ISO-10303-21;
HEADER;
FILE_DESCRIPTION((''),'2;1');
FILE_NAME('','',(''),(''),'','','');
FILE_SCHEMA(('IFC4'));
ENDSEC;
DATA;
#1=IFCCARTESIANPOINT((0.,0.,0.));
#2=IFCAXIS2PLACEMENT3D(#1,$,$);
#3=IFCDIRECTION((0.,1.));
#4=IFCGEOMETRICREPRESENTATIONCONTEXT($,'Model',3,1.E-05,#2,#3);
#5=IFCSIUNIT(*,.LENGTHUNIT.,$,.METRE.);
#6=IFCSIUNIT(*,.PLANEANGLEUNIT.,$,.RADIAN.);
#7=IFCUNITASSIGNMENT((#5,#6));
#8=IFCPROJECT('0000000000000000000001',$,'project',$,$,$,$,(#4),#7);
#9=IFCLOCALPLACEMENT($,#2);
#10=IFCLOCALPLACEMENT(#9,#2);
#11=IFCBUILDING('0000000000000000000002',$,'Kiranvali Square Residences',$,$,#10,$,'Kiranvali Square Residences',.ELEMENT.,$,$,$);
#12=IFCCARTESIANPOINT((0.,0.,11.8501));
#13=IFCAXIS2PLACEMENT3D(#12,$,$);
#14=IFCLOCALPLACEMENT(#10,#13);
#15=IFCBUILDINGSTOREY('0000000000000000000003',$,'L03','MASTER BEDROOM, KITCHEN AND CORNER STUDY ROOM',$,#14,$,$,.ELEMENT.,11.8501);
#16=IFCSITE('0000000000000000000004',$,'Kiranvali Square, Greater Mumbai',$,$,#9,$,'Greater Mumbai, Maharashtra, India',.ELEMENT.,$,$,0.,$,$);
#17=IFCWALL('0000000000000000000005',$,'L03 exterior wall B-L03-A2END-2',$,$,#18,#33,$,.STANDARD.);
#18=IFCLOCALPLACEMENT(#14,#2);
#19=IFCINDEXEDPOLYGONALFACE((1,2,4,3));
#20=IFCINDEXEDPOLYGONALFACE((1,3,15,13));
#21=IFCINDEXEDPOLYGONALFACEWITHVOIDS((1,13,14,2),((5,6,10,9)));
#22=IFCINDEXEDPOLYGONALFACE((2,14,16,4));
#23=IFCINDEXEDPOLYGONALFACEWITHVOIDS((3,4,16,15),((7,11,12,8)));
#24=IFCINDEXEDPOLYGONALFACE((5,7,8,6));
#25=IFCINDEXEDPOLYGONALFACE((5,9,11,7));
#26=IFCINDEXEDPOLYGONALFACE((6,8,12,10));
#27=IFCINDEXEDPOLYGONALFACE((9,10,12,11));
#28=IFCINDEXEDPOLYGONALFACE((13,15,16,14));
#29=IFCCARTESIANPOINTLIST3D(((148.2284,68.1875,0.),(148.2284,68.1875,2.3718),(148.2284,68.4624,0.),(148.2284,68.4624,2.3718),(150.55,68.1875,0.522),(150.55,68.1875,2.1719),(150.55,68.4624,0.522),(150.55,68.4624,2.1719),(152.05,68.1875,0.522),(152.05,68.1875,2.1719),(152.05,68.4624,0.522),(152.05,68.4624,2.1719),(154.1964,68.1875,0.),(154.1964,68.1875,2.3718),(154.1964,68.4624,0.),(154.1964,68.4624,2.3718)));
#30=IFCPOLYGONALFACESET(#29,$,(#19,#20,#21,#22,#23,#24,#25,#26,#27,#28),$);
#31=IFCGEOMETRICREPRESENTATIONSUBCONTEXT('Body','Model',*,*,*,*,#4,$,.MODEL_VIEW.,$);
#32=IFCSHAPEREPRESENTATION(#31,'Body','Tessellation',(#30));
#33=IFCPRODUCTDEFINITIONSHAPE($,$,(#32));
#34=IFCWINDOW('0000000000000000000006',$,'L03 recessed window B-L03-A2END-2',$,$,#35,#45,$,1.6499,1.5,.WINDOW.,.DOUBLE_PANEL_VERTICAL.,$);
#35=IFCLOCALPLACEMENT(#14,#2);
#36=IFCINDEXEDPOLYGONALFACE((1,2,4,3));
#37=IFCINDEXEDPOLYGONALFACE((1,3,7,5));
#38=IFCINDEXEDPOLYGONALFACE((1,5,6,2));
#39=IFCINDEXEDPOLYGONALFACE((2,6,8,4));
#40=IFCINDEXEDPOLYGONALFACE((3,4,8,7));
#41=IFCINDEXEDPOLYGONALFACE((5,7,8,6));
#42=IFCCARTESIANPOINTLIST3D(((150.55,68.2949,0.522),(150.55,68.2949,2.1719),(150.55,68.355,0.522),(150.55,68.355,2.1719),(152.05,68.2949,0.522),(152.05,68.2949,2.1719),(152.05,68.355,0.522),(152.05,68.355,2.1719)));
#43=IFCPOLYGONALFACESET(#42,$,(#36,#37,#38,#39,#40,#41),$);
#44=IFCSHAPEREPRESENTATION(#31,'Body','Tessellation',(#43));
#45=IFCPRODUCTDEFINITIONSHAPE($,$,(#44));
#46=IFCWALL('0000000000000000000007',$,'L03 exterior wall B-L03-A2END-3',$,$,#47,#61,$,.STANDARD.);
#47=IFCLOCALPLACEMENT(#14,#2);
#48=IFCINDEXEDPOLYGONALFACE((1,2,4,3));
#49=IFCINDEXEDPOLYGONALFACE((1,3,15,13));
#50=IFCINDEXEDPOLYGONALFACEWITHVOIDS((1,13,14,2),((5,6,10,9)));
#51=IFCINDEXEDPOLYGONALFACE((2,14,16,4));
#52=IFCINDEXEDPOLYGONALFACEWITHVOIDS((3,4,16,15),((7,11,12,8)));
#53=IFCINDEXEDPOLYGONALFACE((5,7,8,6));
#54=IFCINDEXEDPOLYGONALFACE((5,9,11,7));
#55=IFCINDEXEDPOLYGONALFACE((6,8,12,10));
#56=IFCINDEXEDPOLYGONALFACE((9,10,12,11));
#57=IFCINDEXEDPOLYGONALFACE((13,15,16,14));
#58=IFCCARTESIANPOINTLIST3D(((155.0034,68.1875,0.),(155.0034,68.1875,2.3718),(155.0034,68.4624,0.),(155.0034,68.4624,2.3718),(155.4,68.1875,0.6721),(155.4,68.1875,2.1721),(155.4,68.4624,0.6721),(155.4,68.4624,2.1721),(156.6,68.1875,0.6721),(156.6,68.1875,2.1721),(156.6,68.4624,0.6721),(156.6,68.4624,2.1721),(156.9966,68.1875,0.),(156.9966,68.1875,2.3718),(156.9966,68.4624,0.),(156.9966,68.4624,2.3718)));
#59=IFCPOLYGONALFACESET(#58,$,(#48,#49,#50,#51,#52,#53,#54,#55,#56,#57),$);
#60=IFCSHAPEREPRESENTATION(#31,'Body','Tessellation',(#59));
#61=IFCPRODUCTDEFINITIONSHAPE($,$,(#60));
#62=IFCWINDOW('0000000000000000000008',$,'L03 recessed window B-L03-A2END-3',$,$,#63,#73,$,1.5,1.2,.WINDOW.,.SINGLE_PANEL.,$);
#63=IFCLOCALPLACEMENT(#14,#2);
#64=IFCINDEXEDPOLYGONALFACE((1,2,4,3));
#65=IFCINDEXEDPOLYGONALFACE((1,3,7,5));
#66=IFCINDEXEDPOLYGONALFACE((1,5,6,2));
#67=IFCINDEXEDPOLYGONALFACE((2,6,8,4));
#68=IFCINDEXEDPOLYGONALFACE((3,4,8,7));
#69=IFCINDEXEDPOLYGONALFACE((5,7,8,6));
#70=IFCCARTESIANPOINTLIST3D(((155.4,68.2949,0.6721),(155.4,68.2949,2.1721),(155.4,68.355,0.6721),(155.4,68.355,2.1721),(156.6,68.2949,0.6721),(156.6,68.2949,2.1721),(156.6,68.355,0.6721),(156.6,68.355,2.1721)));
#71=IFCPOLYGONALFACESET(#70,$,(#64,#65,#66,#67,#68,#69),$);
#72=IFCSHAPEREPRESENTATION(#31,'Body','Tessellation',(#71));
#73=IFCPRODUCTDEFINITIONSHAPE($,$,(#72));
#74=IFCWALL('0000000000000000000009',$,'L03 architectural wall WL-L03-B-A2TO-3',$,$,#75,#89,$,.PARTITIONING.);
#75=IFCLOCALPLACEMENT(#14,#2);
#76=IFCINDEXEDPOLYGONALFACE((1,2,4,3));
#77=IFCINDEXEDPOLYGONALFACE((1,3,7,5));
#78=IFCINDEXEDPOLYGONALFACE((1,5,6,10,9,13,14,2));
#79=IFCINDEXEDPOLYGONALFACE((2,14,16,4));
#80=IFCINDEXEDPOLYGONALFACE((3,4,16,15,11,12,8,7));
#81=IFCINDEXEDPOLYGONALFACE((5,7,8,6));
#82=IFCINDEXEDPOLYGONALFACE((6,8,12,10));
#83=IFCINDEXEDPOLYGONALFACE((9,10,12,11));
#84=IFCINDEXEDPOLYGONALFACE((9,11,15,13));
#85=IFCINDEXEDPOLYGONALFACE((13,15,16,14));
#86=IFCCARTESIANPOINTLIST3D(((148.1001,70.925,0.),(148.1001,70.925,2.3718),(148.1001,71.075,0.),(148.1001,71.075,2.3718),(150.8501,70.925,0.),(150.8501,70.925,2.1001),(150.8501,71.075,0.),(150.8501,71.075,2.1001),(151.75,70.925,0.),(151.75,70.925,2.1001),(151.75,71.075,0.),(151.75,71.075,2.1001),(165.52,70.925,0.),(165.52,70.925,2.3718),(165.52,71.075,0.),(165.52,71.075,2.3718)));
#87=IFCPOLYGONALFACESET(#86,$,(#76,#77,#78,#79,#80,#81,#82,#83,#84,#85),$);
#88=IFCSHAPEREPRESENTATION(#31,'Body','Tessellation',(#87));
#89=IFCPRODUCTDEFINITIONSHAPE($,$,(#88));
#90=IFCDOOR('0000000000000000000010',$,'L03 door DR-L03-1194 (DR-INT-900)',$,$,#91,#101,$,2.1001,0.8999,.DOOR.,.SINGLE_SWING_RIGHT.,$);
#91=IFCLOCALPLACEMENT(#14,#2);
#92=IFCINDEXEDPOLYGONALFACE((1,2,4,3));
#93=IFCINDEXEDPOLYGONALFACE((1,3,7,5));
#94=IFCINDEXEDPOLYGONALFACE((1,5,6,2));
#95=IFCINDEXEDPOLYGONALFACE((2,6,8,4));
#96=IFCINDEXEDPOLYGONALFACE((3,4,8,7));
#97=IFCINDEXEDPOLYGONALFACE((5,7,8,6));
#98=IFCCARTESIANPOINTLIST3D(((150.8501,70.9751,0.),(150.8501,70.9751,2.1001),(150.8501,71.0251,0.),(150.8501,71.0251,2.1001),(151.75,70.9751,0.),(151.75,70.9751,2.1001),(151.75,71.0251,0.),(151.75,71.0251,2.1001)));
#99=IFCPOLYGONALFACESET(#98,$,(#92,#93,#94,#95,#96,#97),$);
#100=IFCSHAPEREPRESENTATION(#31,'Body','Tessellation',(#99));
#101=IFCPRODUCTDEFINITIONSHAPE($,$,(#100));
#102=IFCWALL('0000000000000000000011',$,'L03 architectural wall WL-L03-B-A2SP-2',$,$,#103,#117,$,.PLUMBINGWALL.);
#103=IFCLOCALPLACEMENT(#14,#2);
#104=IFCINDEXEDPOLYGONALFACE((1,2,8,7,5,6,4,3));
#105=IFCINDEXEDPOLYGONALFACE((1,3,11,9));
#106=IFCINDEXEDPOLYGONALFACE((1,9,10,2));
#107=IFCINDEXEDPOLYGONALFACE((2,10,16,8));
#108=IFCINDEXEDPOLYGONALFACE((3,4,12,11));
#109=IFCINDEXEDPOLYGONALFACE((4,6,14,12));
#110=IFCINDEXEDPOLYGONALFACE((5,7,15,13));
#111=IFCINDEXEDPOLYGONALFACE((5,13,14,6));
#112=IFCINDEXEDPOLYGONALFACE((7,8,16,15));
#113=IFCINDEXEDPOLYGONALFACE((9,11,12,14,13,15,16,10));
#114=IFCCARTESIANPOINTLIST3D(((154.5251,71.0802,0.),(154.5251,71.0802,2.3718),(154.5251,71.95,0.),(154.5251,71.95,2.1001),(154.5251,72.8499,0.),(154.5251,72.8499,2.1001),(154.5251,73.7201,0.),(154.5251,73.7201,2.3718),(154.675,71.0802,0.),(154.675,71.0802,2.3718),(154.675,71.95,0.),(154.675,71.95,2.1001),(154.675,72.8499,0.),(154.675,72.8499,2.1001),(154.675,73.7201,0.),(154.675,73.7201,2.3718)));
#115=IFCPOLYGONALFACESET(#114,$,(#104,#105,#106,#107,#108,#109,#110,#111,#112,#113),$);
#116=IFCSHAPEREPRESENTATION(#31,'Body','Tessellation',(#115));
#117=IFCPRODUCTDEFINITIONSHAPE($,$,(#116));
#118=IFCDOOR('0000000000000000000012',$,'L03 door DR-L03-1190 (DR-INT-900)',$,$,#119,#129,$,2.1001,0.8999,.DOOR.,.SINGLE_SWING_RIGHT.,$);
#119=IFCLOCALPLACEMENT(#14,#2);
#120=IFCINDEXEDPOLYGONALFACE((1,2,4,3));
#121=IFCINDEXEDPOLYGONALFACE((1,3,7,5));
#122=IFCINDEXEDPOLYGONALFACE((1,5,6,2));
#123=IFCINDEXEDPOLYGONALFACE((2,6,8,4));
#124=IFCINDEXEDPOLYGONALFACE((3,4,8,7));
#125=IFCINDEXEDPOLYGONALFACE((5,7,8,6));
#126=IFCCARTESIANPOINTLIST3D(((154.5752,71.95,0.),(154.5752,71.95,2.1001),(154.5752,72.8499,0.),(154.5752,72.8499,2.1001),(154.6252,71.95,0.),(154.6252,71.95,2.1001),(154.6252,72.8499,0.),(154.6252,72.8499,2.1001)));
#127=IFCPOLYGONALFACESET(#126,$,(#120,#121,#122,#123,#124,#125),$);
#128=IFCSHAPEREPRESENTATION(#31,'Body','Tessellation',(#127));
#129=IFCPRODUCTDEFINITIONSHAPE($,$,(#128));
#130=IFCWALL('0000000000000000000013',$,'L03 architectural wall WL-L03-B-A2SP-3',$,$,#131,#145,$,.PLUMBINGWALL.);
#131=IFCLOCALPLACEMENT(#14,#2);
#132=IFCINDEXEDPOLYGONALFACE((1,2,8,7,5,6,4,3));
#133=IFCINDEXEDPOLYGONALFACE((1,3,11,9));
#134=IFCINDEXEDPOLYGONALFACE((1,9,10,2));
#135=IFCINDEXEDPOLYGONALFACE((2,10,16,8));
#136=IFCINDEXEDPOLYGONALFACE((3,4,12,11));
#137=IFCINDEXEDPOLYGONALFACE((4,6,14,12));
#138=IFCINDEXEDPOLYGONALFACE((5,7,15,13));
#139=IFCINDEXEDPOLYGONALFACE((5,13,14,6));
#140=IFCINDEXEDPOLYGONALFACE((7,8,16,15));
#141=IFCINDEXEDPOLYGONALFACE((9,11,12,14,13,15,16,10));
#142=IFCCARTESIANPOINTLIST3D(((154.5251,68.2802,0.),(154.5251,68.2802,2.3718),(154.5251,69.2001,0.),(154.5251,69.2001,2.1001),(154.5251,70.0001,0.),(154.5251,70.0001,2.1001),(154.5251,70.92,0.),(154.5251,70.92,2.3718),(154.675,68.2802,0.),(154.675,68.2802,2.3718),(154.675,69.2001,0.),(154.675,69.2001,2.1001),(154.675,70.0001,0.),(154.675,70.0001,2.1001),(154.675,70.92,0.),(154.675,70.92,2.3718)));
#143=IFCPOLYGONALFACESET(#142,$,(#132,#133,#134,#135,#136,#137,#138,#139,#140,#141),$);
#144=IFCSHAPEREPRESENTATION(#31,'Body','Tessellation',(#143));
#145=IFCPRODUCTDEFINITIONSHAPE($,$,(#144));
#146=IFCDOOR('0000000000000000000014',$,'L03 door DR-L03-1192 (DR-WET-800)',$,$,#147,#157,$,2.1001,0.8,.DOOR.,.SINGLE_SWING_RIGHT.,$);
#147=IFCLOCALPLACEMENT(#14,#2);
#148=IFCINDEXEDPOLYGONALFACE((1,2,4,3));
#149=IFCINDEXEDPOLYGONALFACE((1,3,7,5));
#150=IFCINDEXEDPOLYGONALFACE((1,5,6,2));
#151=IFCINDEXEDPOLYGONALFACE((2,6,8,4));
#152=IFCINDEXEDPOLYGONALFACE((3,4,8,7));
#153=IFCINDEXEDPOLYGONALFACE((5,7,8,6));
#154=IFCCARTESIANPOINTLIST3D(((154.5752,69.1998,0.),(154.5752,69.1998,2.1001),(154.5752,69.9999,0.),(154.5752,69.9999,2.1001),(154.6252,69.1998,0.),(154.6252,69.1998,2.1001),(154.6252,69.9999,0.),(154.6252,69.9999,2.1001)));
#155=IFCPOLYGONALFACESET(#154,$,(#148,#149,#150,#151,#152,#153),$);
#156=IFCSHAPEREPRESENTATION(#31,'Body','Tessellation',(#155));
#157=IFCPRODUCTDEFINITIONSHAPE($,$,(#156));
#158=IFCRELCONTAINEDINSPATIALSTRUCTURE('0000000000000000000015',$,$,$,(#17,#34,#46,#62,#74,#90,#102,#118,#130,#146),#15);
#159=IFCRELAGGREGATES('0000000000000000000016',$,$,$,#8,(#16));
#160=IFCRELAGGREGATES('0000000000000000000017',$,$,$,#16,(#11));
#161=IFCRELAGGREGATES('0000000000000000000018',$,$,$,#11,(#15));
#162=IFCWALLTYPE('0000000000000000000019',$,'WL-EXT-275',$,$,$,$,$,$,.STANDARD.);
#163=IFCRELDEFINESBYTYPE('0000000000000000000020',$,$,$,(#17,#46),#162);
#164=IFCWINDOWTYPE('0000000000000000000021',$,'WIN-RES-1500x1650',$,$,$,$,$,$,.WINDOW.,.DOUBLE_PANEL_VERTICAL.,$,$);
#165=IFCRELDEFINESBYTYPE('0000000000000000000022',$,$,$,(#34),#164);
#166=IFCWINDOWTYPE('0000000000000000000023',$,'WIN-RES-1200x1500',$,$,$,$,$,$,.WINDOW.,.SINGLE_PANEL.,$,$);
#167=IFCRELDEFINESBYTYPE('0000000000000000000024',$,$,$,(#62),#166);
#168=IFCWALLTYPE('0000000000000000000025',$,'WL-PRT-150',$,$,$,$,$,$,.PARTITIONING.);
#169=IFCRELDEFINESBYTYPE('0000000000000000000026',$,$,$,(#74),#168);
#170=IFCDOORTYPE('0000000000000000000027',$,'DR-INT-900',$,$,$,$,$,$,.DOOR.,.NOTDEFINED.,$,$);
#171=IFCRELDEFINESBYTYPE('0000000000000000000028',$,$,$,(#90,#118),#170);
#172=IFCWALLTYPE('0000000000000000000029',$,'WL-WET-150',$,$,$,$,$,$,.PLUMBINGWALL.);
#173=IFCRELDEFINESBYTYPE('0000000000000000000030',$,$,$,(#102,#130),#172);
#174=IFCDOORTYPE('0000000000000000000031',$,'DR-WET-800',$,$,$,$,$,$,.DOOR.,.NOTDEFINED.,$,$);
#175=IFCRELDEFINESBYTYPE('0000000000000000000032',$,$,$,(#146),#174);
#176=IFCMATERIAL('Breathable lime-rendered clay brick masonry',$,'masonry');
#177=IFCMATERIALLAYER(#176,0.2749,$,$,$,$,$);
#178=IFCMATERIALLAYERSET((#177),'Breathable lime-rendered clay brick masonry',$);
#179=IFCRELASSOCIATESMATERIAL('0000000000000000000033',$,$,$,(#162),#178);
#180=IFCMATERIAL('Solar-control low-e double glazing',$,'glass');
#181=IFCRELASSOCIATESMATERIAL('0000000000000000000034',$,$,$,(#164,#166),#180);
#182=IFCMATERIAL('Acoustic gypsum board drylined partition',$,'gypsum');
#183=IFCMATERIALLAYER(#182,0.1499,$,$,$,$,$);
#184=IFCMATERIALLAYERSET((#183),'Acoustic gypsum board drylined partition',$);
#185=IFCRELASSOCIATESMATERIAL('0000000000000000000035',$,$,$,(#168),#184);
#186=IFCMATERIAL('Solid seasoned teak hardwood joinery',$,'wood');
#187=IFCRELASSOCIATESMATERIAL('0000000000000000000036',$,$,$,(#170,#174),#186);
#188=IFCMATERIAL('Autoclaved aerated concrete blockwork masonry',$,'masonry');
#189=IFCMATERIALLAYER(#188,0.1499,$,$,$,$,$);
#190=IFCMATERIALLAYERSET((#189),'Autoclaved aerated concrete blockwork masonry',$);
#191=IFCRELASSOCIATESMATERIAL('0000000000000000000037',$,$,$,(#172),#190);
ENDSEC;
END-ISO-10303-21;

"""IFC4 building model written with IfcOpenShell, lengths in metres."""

from ifc_helpers import new_model, si_unit, direction, frame, frame_2d, origin, place, context, subcontext, project, spatial, rectangle, extrude, material, layer, layer_set, type_object, element, fill, save


model = new_model("IFC4")

# Units and contexts
model_context = context("Model", 3, precision=1e-05, world=origin(), true_north=direction((0.0, 1.0)))
body_context = subcontext(model_context, "Body", "Model", "MODEL_VIEW")
ifc_project = project(units=[si_unit("LENGTHUNIT", "METRE"), si_unit("PLANEANGLEUNIT", "RADIAN")], contexts=[model_context])

# Site, building, storey
site_placement = place(None, origin())
site = spatial("IfcSite", under=ifc_project, at=site_placement, Name="Kiranvali Square, Greater Mumbai", LongName="Greater Mumbai, Maharashtra, India", CompositionType="ELEMENT", RefElevation=0.0)
building_placement = place(site_placement, origin())
building = spatial("IfcBuilding", under=site, at=building_placement, Name="Kiranvali Square Residences", LongName="Kiranvali Square Residences", CompositionType="ELEMENT")
storey_placement = place(building_placement, frame((0.0, 0.0, 11.8501)))
storey = spatial("IfcBuildingStorey", under=building, at=storey_placement, Name="L03", Description="MASTER BEDROOM, KITCHEN AND CORNER STUDY ROOM", CompositionType="ELEMENT", Elevation=11.8501)

# Shared definitions
ifc_material_1 = material(Name="Autoclaved aerated concrete blockwork masonry", Category="masonry")

# Walls, openings, windows
ifc_material_2 = material(Name="Breathable lime-rendered clay brick masonry", Category="masonry")
ifc_layer_1 = layer(ifc_material_2, 0.2749)
ifc_layer_set_1 = layer_set([ifc_layer_1], Name="Breathable lime-rendered clay brick masonry")
wall_type_1 = type_object("IfcWallType", Name="WL-EXT-275", PredefinedType="STANDARD", material=ifc_layer_set_1)
wall_1_placement = place(storey_placement, frame((148.2285, 68.325, 0.0), z_axis=(0.0, 0.0, 1.0), x_axis=(1.0, 0.0, 0.0)))
wall_1 = element("IfcWall", 1, at=wall_1_placement, inside=storey, type_object=wall_type_1, Name="L03 exterior wall B-L03-A2END-2", PredefinedType="STANDARD", context=body_context, shape_type="SweptSolid", body=[
    extrude(rectangle(XDim=5.968, YDim=0.2749, at=frame_2d((2.9839, 0.0))), origin(), (0.0, 0.0, 1.0), 2.3718),
])
opening_1_placement = place(wall_1_placement, frame((2.3215, 0.0, 0.522)))
opening_1 = element("IfcOpeningElement", 2, at=opening_1_placement, cuts=wall_1, PredefinedType="OPENING", context=body_context, shape_type="SweptSolid", body=[
    extrude(rectangle(XDim=1.5, YDim=1.6499, at=frame_2d((0.75, 0.825))), frame((0.0, 0.1475, 0.0), z_axis=(0.0, -1.0, 0.0), x_axis=(1.0, 0.0, 0.0)), (0.0, 0.0, 1.0), 0.2949),
])
ifc_material_3 = material(Name="Solar-control low-e double glazing", Category="glass")
window_type_1 = type_object("IfcWindowType", Name="WIN-RES-1500x1650", PartitioningType="DOUBLE_PANEL_VERTICAL", PredefinedType="WINDOW", material=ifc_material_3)
window_1_placement = place(opening_1_placement, origin())
window_1 = element("IfcWindow", 3, at=window_1_placement, inside=storey, type_object=window_type_1, Name="L03 recessed window B-L03-A2END-2", OverallHeight=1.6499, OverallWidth=1.5, PartitioningType="DOUBLE_PANEL_VERTICAL", PredefinedType="WINDOW", context=body_context, shape_type="SweptSolid", body=[
    extrude(rectangle(XDim=1.5, YDim=1.6499, at=frame_2d((0.75, 0.825))), frame((0.0, 0.03, 0.0), z_axis=(0.0, -1.0, 0.0), x_axis=(1.0, 0.0, 0.0)), (0.0, 0.0, 1.0), 0.0601),
])
fill(opening_1, window_1)
wall_2_placement = place(storey_placement, frame((155.0034, 68.325, 0.0), z_axis=(0.0, 0.0, 1.0), x_axis=(1.0, 0.0, 0.0)))
wall_2 = element("IfcWall", 4, at=wall_2_placement, inside=storey, type_object=wall_type_1, Name="L03 exterior wall B-L03-A2END-3", PredefinedType="STANDARD", context=body_context, shape_type="SweptSolid", body=[
    extrude(rectangle(XDim=1.9932, YDim=0.2749, at=frame_2d((0.9966, 0.0))), origin(), (0.0, 0.0, 1.0), 2.3718),
])
opening_2_placement = place(wall_2_placement, frame((0.3965, 0.0, 0.6721)))
opening_2 = element("IfcOpeningElement", 5, at=opening_2_placement, cuts=wall_2, PredefinedType="OPENING", context=body_context, shape_type="SweptSolid", body=[
    extrude(rectangle(XDim=1.2, YDim=1.5, at=frame_2d((0.6001, 0.75))), frame((0.0, 0.1475, 0.0), z_axis=(0.0, -1.0, 0.0), x_axis=(1.0, 0.0, 0.0)), (0.0, 0.0, 1.0), 0.2949),
])
window_type_2 = type_object("IfcWindowType", Name="WIN-RES-1200x1500", PartitioningType="SINGLE_PANEL", PredefinedType="WINDOW", material=ifc_material_3)
window_2_placement = place(opening_2_placement, origin())
window_2 = element("IfcWindow", 6, at=window_2_placement, inside=storey, type_object=window_type_2, Name="L03 recessed window B-L03-A2END-3", OverallHeight=1.5, OverallWidth=1.2, PartitioningType="SINGLE_PANEL", PredefinedType="WINDOW", context=body_context, shape_type="SweptSolid", body=[
    extrude(rectangle(XDim=1.2, YDim=1.5, at=frame_2d((0.6001, 0.75))), frame((0.0, 0.03, 0.0), z_axis=(0.0, -1.0, 0.0), x_axis=(1.0, 0.0, 0.0)), (0.0, 0.0, 1.0), 0.0601),
])
fill(opening_2, window_2)

# Walls, openings, doors
ifc_material_4 = material(Name="Acoustic gypsum board drylined partition", Category="gypsum")
ifc_layer_2 = layer(ifc_material_4, 0.1499)
ifc_layer_set_2 = layer_set([ifc_layer_2], Name="Acoustic gypsum board drylined partition")
wall_type_2 = type_object("IfcWallType", Name="WL-PRT-150", PredefinedType="PARTITIONING", material=ifc_layer_set_2)
wall_3_placement = place(storey_placement, frame((148.1001, 71.0, 0.0), z_axis=(0.0, 0.0, 1.0), x_axis=(1.0, 0.0, 0.0)))
wall_3 = element("IfcWall", 7, at=wall_3_placement, inside=storey, type_object=wall_type_2, Name="L03 architectural wall WL-L03-B-A2TO-3", PredefinedType="PARTITIONING", context=body_context, shape_type="SweptSolid", body=[
    extrude(rectangle(XDim=17.4199, YDim=0.1499, at=frame_2d((8.71, 0.0))), origin(), (0.0, 0.0, 1.0), 2.3718),
])
opening_3_placement = place(wall_3_placement, frame((2.75, 0.0, 0.0)))
opening_3 = element("IfcOpeningElement", 8, at=opening_3_placement, cuts=wall_3, PredefinedType="OPENING", context=body_context, shape_type="SweptSolid", body=[
    extrude(rectangle(XDim=0.8999, YDim=2.1001, at=frame_2d((0.45, 1.05))), frame((0.0, 0.085, 0.0), z_axis=(0.0, -1.0, 0.0), x_axis=(1.0, 0.0, 0.0)), (0.0, 0.0, 1.0), 0.1699),
])
ifc_material_5 = material(Name="Solid seasoned teak hardwood joinery", Category="wood")
door_type_1 = type_object("IfcDoorType", Name="DR-INT-900", OperationType="NOTDEFINED", PredefinedType="DOOR", material=ifc_material_5)
door_1_placement = place(opening_3_placement, frame((0.8999, 0.0, 0.0), z_axis=(0.0, 0.0, 1.0), x_axis=(-1.0, 0.0, 0.0)))
door_1 = element("IfcDoor", 9, at=door_1_placement, inside=storey, type_object=door_type_1, Name="L03 door DR-L03-1194 (DR-INT-900)", OperationType="SINGLE_SWING_RIGHT", OverallHeight=2.1001, OverallWidth=0.8999, PredefinedType="DOOR", context=body_context, shape_type="SweptSolid", body=[
    extrude(rectangle(XDim=0.8999, YDim=2.1001, at=frame_2d((0.45, 1.05))), frame((0.0, 0.0249, 0.0), z_axis=(0.0, -1.0, 0.0), x_axis=(1.0, 0.0, 0.0)), (0.0, 0.0, 1.0), 0.05),
])
fill(opening_3, door_1)
ifc_layer_3 = layer(ifc_material_1, 0.1499)
ifc_layer_set_3 = layer_set([ifc_layer_3], Name="Autoclaved aerated concrete blockwork masonry")
wall_type_3 = type_object("IfcWallType", Name="WL-WET-150", PredefinedType="PLUMBINGWALL", material=ifc_layer_set_3)
wall_4_placement = place(storey_placement, frame((154.6001, 73.72, 0.0), z_axis=(0.0, 0.0, 1.0), x_axis=(0.0, -1.0, 0.0)))
wall_4 = element("IfcWall", 10, at=wall_4_placement, inside=storey, type_object=wall_type_3, Name="L03 architectural wall WL-L03-B-A2SP-2", PredefinedType="PLUMBINGWALL", context=body_context, shape_type="SweptSolid", body=[
    extrude(rectangle(XDim=2.6399, YDim=0.1499, at=frame_2d((1.3198, 0.0))), origin(), (0.0, 0.0, 1.0), 2.3718),
])
opening_4_placement = place(wall_4_placement, frame((0.8701, 0.0, 0.0)))
opening_4 = element("IfcOpeningElement", 11, at=opening_4_placement, cuts=wall_4, PredefinedType="OPENING", context=body_context, shape_type="SweptSolid", body=[
    extrude(rectangle(XDim=0.8999, YDim=2.1001, at=frame_2d((0.45, 1.05))), frame((0.0, 0.085, 0.0), z_axis=(0.0, -1.0, 0.0), x_axis=(1.0, 0.0, 0.0)), (0.0, 0.0, 1.0), 0.1699),
])
door_2_placement = place(opening_4_placement, frame((0.8999, 0.0, 0.0), z_axis=(0.0, 0.0, 1.0), x_axis=(-1.0, 0.0, 0.0)))
door_2 = element("IfcDoor", 12, at=door_2_placement, inside=storey, type_object=door_type_1, Name="L03 door DR-L03-1190 (DR-INT-900)", OperationType="SINGLE_SWING_RIGHT", OverallHeight=2.1001, OverallWidth=0.8999, PredefinedType="DOOR", context=body_context, shape_type="SweptSolid", body=[
    extrude(rectangle(XDim=0.8999, YDim=2.1001, at=frame_2d((0.45, 1.05))), frame((0.0, 0.0249, 0.0), z_axis=(0.0, -1.0, 0.0), x_axis=(1.0, 0.0, 0.0)), (0.0, 0.0, 1.0), 0.05),
])
fill(opening_4, door_2)
wall_5_placement = place(storey_placement, frame((154.6001, 70.9199, 0.0), z_axis=(0.0, 0.0, 1.0), x_axis=(0.0, -1.0, 0.0)))
wall_5 = element("IfcWall", 13, at=wall_5_placement, inside=storey, type_object=wall_type_3, Name="L03 architectural wall WL-L03-B-A2SP-3", PredefinedType="PLUMBINGWALL", context=body_context, shape_type="SweptSolid", body=[
    extrude(rectangle(XDim=2.6399, YDim=0.1499, at=frame_2d((1.3198, 0.0))), origin(), (0.0, 0.0, 1.0), 2.3718),
])
opening_5_placement = place(wall_5_placement, frame((0.9199, 0.0, 0.0)))
opening_5 = element("IfcOpeningElement", 14, at=opening_5_placement, cuts=wall_5, PredefinedType="OPENING", context=body_context, shape_type="SweptSolid", body=[
    extrude(rectangle(XDim=0.8, YDim=2.1001, at=frame_2d((0.3999, 1.05))), frame((0.0, 0.085, 0.0), z_axis=(0.0, -1.0, 0.0), x_axis=(1.0, 0.0, 0.0)), (0.0, 0.0, 1.0), 0.1699),
])
door_type_2 = type_object("IfcDoorType", Name="DR-WET-800", OperationType="NOTDEFINED", PredefinedType="DOOR", material=ifc_material_5)
door_3_placement = place(opening_5_placement, frame((0.8, 0.0, 0.0), z_axis=(0.0, 0.0, 1.0), x_axis=(-1.0, 0.0, 0.0)))
door_3 = element("IfcDoor", 15, at=door_3_placement, inside=storey, type_object=door_type_2, Name="L03 door DR-L03-1192 (DR-WET-800)", OperationType="SINGLE_SWING_RIGHT", OverallHeight=2.1001, OverallWidth=0.8, PredefinedType="DOOR", context=body_context, shape_type="SweptSolid", body=[
    extrude(rectangle(XDim=0.8, YDim=2.1001, at=frame_2d((0.3999, 1.05))), frame((0.0, 0.0249, 0.0), z_axis=(0.0, -1.0, 0.0), x_axis=(1.0, 0.0, 0.0)), (0.0, 0.0, 1.0), 0.05),
])
fill(opening_5, door_3)

save(model, "model.ifc")
